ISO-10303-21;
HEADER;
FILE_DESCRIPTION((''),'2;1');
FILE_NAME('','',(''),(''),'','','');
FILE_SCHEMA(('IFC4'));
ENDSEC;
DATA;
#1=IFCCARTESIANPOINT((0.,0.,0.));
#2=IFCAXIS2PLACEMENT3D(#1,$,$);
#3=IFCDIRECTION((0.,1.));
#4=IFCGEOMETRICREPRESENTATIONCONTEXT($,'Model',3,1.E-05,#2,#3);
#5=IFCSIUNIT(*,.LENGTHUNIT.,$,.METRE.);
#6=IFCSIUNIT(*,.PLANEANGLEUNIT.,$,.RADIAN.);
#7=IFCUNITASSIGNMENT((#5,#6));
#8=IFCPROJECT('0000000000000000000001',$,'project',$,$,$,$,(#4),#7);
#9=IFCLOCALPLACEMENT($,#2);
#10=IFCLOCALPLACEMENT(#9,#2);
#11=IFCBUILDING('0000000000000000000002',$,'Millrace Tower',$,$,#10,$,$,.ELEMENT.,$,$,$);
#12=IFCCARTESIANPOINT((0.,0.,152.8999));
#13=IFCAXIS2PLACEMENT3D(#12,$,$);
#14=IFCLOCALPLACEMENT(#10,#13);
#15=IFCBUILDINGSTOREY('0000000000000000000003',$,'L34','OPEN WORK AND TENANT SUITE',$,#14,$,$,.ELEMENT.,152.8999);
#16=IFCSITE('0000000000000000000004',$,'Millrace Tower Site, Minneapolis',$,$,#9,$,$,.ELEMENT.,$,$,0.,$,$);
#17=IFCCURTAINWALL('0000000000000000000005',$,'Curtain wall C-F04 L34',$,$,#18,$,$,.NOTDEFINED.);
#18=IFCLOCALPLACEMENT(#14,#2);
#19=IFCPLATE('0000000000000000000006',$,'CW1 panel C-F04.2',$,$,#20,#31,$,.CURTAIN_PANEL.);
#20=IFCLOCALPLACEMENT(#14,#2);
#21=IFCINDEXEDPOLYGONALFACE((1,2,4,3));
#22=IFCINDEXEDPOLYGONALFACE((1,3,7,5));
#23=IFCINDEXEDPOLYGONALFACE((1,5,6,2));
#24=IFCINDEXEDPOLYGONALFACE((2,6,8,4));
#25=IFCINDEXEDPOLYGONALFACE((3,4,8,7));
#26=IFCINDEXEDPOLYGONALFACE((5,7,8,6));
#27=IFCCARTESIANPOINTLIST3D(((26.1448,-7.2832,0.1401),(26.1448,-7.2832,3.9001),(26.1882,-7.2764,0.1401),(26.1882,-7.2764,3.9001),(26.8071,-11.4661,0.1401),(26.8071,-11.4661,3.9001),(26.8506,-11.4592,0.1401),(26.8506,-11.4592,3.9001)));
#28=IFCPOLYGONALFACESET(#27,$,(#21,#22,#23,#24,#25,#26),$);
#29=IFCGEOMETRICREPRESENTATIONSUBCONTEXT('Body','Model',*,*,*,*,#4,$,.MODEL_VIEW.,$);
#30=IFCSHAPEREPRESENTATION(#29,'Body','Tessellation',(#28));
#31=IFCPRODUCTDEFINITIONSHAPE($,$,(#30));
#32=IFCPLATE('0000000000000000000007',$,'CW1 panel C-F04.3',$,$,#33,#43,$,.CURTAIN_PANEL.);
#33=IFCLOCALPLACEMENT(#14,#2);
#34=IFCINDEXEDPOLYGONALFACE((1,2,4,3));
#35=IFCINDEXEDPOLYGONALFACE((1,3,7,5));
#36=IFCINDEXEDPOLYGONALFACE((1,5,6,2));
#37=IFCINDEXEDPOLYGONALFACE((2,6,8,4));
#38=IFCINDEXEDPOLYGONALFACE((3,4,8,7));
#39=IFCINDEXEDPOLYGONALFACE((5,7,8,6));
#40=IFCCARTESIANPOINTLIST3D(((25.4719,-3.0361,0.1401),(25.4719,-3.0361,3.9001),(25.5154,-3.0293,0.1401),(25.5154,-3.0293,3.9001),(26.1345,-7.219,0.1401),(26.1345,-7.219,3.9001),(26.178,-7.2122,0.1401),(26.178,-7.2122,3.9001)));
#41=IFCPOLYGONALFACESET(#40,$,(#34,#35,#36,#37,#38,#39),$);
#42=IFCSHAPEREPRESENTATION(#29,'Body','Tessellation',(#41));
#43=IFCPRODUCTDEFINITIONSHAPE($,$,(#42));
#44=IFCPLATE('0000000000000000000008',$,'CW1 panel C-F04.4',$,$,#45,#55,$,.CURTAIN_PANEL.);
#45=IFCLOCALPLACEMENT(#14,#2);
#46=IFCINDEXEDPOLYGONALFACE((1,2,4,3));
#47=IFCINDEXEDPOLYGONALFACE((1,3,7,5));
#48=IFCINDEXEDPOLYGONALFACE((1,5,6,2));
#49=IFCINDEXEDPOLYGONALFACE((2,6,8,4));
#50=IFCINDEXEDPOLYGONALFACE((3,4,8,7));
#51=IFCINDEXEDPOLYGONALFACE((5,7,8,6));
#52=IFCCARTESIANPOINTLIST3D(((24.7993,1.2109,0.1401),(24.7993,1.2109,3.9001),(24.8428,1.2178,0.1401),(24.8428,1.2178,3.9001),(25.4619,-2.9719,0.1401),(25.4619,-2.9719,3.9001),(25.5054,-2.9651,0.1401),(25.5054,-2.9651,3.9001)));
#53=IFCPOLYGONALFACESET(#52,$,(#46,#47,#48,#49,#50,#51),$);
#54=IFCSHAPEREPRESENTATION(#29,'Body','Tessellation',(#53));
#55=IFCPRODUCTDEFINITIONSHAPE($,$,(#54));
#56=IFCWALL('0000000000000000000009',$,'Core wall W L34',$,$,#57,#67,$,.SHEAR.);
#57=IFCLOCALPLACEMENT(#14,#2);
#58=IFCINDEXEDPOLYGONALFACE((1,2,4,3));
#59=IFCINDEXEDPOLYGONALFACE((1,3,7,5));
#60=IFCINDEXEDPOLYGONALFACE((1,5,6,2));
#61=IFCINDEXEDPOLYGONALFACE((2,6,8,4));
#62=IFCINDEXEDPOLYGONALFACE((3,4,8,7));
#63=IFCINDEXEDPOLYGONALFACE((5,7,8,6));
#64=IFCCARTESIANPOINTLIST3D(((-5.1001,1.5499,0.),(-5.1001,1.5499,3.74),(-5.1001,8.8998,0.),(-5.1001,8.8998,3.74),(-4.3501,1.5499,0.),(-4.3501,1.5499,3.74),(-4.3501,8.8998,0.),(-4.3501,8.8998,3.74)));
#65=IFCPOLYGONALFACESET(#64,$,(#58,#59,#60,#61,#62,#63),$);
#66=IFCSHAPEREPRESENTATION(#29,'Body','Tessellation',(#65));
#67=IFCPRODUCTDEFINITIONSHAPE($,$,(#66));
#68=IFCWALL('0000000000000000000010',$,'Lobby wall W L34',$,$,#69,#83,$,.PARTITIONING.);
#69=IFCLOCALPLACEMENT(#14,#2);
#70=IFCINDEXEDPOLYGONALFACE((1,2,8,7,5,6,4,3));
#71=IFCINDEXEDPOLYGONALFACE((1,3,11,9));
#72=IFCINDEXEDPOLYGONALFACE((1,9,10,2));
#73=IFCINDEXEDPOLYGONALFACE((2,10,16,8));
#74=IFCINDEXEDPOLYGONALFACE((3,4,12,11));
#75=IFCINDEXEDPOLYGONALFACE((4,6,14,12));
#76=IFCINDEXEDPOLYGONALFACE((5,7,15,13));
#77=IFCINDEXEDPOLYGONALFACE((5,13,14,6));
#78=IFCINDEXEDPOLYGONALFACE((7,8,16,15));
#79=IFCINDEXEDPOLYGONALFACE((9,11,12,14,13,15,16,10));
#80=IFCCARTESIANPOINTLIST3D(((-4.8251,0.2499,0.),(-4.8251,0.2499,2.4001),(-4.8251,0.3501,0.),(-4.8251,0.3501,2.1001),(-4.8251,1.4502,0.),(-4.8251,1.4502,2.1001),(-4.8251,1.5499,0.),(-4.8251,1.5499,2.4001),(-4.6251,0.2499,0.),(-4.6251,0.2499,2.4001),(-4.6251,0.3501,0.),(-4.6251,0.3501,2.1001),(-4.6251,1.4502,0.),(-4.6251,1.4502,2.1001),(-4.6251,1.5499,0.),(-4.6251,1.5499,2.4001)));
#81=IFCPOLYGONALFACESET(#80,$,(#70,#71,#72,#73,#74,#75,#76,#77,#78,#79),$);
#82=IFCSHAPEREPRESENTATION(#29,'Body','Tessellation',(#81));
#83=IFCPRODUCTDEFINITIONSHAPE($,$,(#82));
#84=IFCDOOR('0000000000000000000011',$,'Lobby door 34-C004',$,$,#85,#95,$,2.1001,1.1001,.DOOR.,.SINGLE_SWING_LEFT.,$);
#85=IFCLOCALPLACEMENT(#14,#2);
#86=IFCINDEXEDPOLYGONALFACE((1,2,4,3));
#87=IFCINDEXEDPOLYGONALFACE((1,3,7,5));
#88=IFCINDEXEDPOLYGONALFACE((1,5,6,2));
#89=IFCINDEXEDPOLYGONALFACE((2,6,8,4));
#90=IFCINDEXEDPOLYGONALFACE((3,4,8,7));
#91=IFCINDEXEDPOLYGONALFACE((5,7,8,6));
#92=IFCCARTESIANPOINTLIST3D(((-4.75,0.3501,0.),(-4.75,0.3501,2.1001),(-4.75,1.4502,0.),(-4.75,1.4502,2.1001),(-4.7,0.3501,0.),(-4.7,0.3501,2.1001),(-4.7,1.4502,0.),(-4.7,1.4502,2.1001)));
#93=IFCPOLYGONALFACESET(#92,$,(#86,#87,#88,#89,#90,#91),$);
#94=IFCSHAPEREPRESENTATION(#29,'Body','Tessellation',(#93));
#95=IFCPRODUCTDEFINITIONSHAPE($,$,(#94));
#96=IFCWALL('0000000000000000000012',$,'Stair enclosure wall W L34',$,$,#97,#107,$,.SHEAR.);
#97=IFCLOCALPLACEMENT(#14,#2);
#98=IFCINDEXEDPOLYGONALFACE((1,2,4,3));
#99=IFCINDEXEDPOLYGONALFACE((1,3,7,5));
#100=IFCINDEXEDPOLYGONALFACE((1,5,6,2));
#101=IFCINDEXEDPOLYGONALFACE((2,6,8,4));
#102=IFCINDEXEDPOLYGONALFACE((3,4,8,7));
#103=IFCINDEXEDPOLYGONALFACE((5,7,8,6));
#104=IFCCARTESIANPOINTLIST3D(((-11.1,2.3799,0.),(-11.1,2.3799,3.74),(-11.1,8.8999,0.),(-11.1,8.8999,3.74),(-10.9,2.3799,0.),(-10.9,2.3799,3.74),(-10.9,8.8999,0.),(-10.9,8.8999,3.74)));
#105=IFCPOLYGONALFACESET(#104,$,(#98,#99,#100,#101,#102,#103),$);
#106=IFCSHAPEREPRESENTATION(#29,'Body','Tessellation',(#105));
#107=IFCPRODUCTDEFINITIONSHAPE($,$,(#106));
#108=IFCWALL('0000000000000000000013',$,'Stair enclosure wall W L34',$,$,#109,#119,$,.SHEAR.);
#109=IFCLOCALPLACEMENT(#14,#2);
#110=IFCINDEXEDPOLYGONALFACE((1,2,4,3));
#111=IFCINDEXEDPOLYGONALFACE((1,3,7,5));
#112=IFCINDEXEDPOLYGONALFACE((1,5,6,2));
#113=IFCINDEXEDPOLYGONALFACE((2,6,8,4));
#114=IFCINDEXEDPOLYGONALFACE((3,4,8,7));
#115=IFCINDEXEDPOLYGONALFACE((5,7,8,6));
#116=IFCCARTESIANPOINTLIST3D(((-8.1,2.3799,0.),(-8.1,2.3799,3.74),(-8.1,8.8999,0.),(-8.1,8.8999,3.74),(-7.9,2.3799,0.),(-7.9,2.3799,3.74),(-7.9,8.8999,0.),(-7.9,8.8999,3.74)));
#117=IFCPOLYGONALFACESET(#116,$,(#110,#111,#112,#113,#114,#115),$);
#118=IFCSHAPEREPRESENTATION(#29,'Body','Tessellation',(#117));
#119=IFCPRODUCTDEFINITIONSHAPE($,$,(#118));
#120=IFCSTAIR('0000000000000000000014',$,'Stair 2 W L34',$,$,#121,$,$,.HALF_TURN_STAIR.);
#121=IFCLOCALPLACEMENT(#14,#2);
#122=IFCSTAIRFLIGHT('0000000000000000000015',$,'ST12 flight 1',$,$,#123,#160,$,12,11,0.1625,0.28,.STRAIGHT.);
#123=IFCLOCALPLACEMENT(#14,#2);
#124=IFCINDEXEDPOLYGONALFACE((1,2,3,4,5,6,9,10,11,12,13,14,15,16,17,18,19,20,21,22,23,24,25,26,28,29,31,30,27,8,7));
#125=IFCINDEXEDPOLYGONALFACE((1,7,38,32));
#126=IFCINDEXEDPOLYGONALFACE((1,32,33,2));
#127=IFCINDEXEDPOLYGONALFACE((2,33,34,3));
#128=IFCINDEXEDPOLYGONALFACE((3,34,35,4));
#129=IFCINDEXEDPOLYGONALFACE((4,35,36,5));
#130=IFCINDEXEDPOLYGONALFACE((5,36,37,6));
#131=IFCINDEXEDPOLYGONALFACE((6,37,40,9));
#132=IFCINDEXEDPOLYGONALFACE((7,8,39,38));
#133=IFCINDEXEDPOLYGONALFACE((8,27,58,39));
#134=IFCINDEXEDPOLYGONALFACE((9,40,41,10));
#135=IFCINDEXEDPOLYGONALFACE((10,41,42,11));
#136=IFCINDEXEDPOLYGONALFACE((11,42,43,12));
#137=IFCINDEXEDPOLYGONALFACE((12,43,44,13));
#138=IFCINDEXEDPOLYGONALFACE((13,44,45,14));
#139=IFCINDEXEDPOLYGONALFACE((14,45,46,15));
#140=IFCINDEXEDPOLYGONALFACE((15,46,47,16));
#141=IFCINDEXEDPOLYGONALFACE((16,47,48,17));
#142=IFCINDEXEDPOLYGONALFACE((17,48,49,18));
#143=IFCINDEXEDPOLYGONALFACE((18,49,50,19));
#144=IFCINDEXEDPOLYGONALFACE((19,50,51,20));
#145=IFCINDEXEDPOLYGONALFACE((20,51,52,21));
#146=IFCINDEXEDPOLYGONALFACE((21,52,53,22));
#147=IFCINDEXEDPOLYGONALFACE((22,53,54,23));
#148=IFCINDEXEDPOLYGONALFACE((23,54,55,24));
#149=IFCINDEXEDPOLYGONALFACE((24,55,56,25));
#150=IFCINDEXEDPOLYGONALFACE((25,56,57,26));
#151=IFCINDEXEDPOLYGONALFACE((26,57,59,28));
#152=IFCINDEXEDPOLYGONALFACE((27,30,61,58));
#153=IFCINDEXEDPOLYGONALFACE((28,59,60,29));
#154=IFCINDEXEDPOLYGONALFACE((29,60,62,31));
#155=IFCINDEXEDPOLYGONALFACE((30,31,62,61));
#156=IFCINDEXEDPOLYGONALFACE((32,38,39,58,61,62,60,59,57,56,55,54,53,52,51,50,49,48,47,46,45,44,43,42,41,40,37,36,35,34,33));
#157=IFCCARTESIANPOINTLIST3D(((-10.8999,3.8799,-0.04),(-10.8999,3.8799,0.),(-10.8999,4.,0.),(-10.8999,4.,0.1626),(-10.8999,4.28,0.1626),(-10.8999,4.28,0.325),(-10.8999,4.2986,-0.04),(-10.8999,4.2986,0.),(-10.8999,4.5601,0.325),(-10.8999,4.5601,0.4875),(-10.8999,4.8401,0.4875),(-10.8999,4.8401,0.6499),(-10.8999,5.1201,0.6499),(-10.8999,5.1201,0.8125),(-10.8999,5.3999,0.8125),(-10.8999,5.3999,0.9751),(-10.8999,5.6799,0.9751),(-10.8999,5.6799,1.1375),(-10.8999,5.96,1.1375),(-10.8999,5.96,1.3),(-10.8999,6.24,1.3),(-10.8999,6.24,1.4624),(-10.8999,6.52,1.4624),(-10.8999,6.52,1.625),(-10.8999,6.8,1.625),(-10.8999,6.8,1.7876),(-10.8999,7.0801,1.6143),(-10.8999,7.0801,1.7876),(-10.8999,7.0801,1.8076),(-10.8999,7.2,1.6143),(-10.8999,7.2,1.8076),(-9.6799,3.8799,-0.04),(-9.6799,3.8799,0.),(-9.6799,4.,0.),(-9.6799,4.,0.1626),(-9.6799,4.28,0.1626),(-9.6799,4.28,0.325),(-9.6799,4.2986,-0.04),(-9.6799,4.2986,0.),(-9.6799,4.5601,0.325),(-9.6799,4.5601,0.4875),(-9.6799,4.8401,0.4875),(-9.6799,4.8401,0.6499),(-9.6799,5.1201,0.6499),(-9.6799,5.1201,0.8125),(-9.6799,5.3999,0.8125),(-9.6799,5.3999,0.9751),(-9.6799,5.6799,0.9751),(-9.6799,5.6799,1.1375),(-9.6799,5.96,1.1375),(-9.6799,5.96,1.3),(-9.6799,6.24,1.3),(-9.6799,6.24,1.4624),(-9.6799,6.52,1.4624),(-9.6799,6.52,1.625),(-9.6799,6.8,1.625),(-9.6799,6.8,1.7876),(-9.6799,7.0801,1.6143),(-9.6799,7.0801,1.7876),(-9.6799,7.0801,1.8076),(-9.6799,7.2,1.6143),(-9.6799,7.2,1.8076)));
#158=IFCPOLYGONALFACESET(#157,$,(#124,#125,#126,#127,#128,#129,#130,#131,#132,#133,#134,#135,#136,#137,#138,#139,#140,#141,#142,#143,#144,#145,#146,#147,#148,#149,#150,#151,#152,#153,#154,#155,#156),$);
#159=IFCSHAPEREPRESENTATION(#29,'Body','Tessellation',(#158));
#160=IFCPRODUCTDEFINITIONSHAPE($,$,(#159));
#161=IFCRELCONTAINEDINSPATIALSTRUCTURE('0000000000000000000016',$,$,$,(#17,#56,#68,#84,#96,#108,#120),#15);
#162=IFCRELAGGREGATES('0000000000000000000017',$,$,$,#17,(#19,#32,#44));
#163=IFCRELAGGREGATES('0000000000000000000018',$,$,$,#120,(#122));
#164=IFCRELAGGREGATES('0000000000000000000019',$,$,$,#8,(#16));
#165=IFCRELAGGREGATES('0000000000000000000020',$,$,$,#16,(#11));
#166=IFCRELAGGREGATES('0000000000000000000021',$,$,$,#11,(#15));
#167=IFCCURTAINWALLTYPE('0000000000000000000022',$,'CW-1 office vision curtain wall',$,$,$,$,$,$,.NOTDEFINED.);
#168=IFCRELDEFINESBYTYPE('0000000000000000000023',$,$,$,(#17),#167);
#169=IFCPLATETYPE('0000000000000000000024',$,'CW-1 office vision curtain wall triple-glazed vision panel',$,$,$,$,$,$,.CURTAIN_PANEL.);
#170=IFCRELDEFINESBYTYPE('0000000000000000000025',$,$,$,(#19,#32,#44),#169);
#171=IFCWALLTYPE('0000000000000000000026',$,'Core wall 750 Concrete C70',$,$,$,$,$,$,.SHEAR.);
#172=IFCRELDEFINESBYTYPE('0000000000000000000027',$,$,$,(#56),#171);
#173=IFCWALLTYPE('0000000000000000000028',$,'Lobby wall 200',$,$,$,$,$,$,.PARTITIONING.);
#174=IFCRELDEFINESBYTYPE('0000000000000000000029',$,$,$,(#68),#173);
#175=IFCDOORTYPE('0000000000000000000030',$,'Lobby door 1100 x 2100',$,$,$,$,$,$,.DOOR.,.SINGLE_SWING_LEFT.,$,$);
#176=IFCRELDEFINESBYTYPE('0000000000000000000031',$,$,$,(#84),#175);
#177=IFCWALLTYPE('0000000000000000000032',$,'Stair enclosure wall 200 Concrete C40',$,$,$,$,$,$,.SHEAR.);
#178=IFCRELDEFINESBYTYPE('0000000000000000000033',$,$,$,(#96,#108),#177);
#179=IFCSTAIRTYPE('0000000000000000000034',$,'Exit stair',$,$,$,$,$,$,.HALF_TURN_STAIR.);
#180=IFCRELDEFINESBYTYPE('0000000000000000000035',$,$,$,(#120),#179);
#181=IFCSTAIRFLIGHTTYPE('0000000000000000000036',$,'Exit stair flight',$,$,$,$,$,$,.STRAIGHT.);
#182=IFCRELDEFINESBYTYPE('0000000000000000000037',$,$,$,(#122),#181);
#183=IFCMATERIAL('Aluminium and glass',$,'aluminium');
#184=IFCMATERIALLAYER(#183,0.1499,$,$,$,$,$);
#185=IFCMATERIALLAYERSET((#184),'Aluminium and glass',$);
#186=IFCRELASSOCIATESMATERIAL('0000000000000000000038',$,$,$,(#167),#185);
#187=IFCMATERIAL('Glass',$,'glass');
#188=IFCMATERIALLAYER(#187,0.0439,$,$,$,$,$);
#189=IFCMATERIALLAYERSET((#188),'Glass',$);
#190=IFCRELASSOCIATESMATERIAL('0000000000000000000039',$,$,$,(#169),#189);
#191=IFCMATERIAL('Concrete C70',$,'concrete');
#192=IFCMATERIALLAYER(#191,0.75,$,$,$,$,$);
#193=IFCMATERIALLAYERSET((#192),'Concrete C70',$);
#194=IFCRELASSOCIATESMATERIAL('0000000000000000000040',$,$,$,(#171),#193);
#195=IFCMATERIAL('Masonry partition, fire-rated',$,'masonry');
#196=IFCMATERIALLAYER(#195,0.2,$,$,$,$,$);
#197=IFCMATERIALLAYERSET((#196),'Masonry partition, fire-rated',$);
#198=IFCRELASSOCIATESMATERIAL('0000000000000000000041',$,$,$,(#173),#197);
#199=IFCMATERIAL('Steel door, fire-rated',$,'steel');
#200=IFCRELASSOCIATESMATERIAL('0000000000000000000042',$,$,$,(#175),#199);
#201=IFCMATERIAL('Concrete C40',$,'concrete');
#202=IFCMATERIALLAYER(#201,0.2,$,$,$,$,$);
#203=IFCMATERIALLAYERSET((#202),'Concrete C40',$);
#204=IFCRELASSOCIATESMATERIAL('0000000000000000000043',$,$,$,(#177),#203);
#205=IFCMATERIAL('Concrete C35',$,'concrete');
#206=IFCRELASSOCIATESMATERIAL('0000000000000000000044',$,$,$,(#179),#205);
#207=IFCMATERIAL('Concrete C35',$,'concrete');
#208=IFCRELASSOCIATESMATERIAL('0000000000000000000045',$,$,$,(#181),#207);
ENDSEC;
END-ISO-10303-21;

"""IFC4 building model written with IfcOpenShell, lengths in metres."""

from ifc_helpers import new_model, si_unit, direction, frame, frame_2d, origin, place, context, subcontext, project, spatial, polyline, rectangle, outline, extrude, material, layer, layer_set, type_object, element, fill, aggregate, save


model = new_model("IFC4")

# Units and contexts
model_context = context("Model", 3, precision=1e-05, world=origin(), true_north=direction((0.0, 1.0)))
body_context = subcontext(model_context, "Body", "Model", "MODEL_VIEW")
ifc_project = project(units=[si_unit("LENGTHUNIT", "METRE"), si_unit("PLANEANGLEUNIT", "RADIAN")], contexts=[model_context])

# Site, building, storey
site_placement = place(None, origin())
site = spatial("IfcSite", under=ifc_project, at=site_placement, Name="Millrace Tower Site, Minneapolis", CompositionType="ELEMENT", RefElevation=0.0)
building_placement = place(site_placement, origin())
building = spatial("IfcBuilding", under=site, at=building_placement, Name="Millrace Tower", CompositionType="ELEMENT")
storey_placement = place(building_placement, frame((0.0, 0.0, 152.8999)))
storey = spatial("IfcBuildingStorey", under=building, at=storey_placement, Name="L34", Description="OPEN WORK AND TENANT SUITE", CompositionType="ELEMENT", Elevation=152.8999)

# Shared definitions
ifc_material_1 = material(Name="Aluminium and glass", Category="aluminium")
ifc_layer_1 = layer(ifc_material_1, 0.1499)
ifc_layer_set_1 = layer_set([ifc_layer_1], Name="Aluminium and glass")
curtain_wall_type = type_object("IfcCurtainWallType", Name="CW-1 office vision curtain wall", PredefinedType="NOTDEFINED", material=ifc_layer_set_1)
placement_1 = place(storey_placement, origin())
ifc_material_2 = material(Name="Glass", Category="glass")
ifc_layer_2 = layer(ifc_material_2, 0.0439)
ifc_layer_set_2 = layer_set([ifc_layer_2], Name="Glass")
plate_type = type_object("IfcPlateType", Name="CW-1 office vision curtain wall triple-glazed vision panel", PredefinedType="CURTAIN_PANEL", material=ifc_layer_set_2)
placement_2 = place(storey_placement, frame((0.0, 0.0, 0.1401)))

# Curtain wall, plates
curtain_wall_1 = element("IfcCurtainWall", 1, at=placement_1, inside=storey, type_object=curtain_wall_type, Name="Curtain wall C-F04 L34", PredefinedType="NOTDEFINED")
plate_1 = element("IfcPlate", 2, at=placement_2, type_object=plate_type, Name="CW1 panel C-F04.2", PredefinedType="CURTAIN_PANEL", context=body_context, shape_type="SweptSolid", body=[
    extrude(outline(polyline([(26.8506, -11.4592), (26.1882, -7.2764), (26.1448, -7.2832), (26.8071, -11.4661), (26.8506, -11.4592)])), origin(), (0.0, 0.0, 1.0), 3.76),
])
plate_2 = element("IfcPlate", 3, at=placement_2, type_object=plate_type, Name="CW1 panel C-F04.3", PredefinedType="CURTAIN_PANEL", context=body_context, shape_type="SweptSolid", body=[
    extrude(outline(polyline([(26.178, -7.2122), (25.5154, -3.0293), (25.4719, -3.0361), (26.1345, -7.219), (26.178, -7.2122)])), origin(), (0.0, 0.0, 1.0), 3.76),
])
plate_3 = element("IfcPlate", 4, at=placement_2, type_object=plate_type, Name="CW1 panel C-F04.4", PredefinedType="CURTAIN_PANEL", context=body_context, shape_type="SweptSolid", body=[
    extrude(outline(polyline([(25.5054, -2.9651), (24.8428, 1.2178), (24.7993, 1.2109), (25.4619, -2.9719), (25.5054, -2.9651)])), origin(), (0.0, 0.0, 1.0), 3.76),
])
aggregate(curtain_wall_1, [plate_1, plate_2, plate_3])

# Wall
ifc_material_3 = material(Name="Concrete C70", Category="concrete")
ifc_layer_3 = layer(ifc_material_3, 0.75)
ifc_layer_set_3 = layer_set([ifc_layer_3], Name="Concrete C70")
wall_type_1 = type_object("IfcWallType", Name="Core wall 750 Concrete C70", PredefinedType="SHEAR", material=ifc_layer_set_3)
wall_1_placement = place(storey_placement, frame((-4.7251, 1.55, 0.0), z_axis=(0.0, 0.0, 1.0), x_axis=(0.0, 1.0, 0.0)))
element("IfcWall", 5, at=wall_1_placement, inside=storey, type_object=wall_type_1, Name="Core wall W L34", PredefinedType="SHEAR", context=body_context, shape_type="SweptSolid", body=[
    extrude(rectangle(XDim=7.3499, YDim=0.75, at=frame_2d((3.6748, 0.0))), origin(), (0.0, 0.0, 1.0), 3.74),
])

# Wall, opening, door
ifc_material_4 = material(Name="Masonry partition, fire-rated", Category="masonry")
ifc_layer_4 = layer(ifc_material_4, 0.2)
ifc_layer_set_4 = layer_set([ifc_layer_4], Name="Masonry partition, fire-rated")
wall_type_2 = type_object("IfcWallType", Name="Lobby wall 200", PredefinedType="PARTITIONING", material=ifc_layer_set_4)
wall_2_placement = place(storey_placement, frame((-4.7251, 0.25, 0.0), z_axis=(0.0, 0.0, 1.0), x_axis=(0.0, 1.0, 0.0)))
wall_2 = element("IfcWall", 6, at=wall_2_placement, inside=storey, type_object=wall_type_2, Name="Lobby wall W L34", PredefinedType="PARTITIONING", context=body_context, shape_type="SweptSolid", body=[
    extrude(rectangle(XDim=1.3, YDim=0.2, at=frame_2d((0.6499, 0.0))), origin(), (0.0, 0.0, 1.0), 2.4001),
])
opening_placement = place(wall_2_placement, frame((0.1001, 0.0, 0.0)))
opening = element("IfcOpeningElement", 7, at=opening_placement, cuts=wall_2, PredefinedType="OPENING", context=body_context, shape_type="SweptSolid", body=[
    extrude(rectangle(XDim=1.1001, YDim=2.1001, at=frame_2d((0.55, 1.05))), frame((0.0, 0.1099, 0.0), z_axis=(0.0, -1.0, 0.0), x_axis=(1.0, 0.0, 0.0)), (0.0, 0.0, 1.0), 0.22),
])
ifc_material_5 = material(Name="Steel door, fire-rated", Category="steel")
door_type = type_object("IfcDoorType", Name="Lobby door 1100 x 2100", OperationType="SINGLE_SWING_LEFT", PredefinedType="DOOR", material=ifc_material_5)
door_placement = place(opening_placement, origin())
door = element("IfcDoor", 8, at=door_placement, inside=storey, type_object=door_type, Name="Lobby door 34-C004", OperationType="SINGLE_SWING_LEFT", OverallHeight=2.1001, OverallWidth=1.1001, PredefinedType="DOOR", context=body_context, shape_type="SweptSolid", body=[
    extrude(rectangle(XDim=1.1001, YDim=2.1001, at=frame_2d((0.55, 1.05))), frame((0.0, 0.0249, 0.0), z_axis=(0.0, -1.0, 0.0), x_axis=(1.0, 0.0, 0.0)), (0.0, 0.0, 1.0), 0.05),
])
fill(opening, door)

# Walls
ifc_material_6 = material(Name="Concrete C40", Category="concrete")
ifc_layer_5 = layer(ifc_material_6, 0.2)
ifc_layer_set_5 = layer_set([ifc_layer_5], Name="Concrete C40")
wall_type_3 = type_object("IfcWallType", Name="Stair enclosure wall 200 Concrete C40", PredefinedType="SHEAR", material=ifc_layer_set_5)
for number, where, z_axis, x_axis, name in (
    (9, (-11.0, 2.3799, 0.0), (0.0, 0.0, 1.0), (0.0, 1.0, 0.0), "Stair enclosure wall W L34"),
    (10, (-8.0, 2.3799, 0.0), (0.0, 0.0, 1.0), (0.0, 1.0, 0.0), "Stair enclosure wall W L34"),
):
    element("IfcWall", number, at=place(storey_placement, frame(where, z_axis=z_axis, x_axis=x_axis)), inside=storey, type_object=wall_type_3, Name=name, PredefinedType="SHEAR", context=body_context, shape_type="SweptSolid", body=[
        extrude(rectangle(XDim=6.52, YDim=0.2, at=frame_2d((3.26, 0.0))), origin(), (0.0, 0.0, 1.0), 3.74),
    ])

# Stair, stair flight
ifc_material_7 = material(Name="Concrete C35", Category="concrete")
stair_type = type_object("IfcStairType", Name="Exit stair", PredefinedType="HALF_TURN_STAIR", material=ifc_material_7)
stair_1 = element("IfcStair", 11, at=placement_1, inside=storey, type_object=stair_type, Name="Stair 2 W L34", PredefinedType="HALF_TURN_STAIR")
ifc_material_8 = material(Name="Concrete C35", Category="concrete")
stair_flight_type = type_object("IfcStairFlightType", Name="Exit stair flight", PredefinedType="STRAIGHT", material=ifc_material_8)
stair_flight_1_placement = place(storey_placement, frame((-10.29, 4.0, 0.0), z_axis=(0.0, 0.0, 1.0), x_axis=(0.0, 1.0, 0.0)))
stair_flight_1 = element("IfcStairFlight", 12, at=stair_flight_1_placement, type_object=stair_flight_type, Name="ST12 flight 1", NumberOfRisers=12, NumberOfTreads=11, PredefinedType="STRAIGHT", RiserHeight=0.1625, TreadLength=0.28, context=body_context, shape_type="SweptSolid", body=[
    extrude(outline(polyline([(-0.1201, -0.04), (-0.1201, 0.0), (0.0, 0.0), (0.0, 0.1626), (0.28, 0.1626), (0.28, 0.325), (0.5601, 0.325), (0.5601, 0.4875), (0.8401, 0.4875), (0.8401, 0.6499), (1.1201, 0.6499), (1.1201, 0.8125), (1.3999, 0.8125), (1.3999, 0.9751), (1.6799, 0.9751), (1.6799, 1.1375), (1.96, 1.1375), (1.96, 1.3), (2.24, 1.3), (2.24, 1.4624), (2.52, 1.4624), (2.52, 1.625), (2.8, 1.625), (2.8, 1.7876), (3.0801, 1.7876), (3.0801, 1.8076), (3.2, 1.8076), (3.2, 1.6143), (3.0801, 1.6143), (0.2986, 0.0), (0.2986, -0.04), (-0.1201, -0.04)])), frame((0.0, 0.6099, 0.0), z_axis=(0.0, -1.0, 0.0), x_axis=(1.0, 0.0, 0.0)), (0.0, 0.0, 1.0), 1.22),
])
aggregate(stair_1, [stair_flight_1])

save(model, "model.ifc")
